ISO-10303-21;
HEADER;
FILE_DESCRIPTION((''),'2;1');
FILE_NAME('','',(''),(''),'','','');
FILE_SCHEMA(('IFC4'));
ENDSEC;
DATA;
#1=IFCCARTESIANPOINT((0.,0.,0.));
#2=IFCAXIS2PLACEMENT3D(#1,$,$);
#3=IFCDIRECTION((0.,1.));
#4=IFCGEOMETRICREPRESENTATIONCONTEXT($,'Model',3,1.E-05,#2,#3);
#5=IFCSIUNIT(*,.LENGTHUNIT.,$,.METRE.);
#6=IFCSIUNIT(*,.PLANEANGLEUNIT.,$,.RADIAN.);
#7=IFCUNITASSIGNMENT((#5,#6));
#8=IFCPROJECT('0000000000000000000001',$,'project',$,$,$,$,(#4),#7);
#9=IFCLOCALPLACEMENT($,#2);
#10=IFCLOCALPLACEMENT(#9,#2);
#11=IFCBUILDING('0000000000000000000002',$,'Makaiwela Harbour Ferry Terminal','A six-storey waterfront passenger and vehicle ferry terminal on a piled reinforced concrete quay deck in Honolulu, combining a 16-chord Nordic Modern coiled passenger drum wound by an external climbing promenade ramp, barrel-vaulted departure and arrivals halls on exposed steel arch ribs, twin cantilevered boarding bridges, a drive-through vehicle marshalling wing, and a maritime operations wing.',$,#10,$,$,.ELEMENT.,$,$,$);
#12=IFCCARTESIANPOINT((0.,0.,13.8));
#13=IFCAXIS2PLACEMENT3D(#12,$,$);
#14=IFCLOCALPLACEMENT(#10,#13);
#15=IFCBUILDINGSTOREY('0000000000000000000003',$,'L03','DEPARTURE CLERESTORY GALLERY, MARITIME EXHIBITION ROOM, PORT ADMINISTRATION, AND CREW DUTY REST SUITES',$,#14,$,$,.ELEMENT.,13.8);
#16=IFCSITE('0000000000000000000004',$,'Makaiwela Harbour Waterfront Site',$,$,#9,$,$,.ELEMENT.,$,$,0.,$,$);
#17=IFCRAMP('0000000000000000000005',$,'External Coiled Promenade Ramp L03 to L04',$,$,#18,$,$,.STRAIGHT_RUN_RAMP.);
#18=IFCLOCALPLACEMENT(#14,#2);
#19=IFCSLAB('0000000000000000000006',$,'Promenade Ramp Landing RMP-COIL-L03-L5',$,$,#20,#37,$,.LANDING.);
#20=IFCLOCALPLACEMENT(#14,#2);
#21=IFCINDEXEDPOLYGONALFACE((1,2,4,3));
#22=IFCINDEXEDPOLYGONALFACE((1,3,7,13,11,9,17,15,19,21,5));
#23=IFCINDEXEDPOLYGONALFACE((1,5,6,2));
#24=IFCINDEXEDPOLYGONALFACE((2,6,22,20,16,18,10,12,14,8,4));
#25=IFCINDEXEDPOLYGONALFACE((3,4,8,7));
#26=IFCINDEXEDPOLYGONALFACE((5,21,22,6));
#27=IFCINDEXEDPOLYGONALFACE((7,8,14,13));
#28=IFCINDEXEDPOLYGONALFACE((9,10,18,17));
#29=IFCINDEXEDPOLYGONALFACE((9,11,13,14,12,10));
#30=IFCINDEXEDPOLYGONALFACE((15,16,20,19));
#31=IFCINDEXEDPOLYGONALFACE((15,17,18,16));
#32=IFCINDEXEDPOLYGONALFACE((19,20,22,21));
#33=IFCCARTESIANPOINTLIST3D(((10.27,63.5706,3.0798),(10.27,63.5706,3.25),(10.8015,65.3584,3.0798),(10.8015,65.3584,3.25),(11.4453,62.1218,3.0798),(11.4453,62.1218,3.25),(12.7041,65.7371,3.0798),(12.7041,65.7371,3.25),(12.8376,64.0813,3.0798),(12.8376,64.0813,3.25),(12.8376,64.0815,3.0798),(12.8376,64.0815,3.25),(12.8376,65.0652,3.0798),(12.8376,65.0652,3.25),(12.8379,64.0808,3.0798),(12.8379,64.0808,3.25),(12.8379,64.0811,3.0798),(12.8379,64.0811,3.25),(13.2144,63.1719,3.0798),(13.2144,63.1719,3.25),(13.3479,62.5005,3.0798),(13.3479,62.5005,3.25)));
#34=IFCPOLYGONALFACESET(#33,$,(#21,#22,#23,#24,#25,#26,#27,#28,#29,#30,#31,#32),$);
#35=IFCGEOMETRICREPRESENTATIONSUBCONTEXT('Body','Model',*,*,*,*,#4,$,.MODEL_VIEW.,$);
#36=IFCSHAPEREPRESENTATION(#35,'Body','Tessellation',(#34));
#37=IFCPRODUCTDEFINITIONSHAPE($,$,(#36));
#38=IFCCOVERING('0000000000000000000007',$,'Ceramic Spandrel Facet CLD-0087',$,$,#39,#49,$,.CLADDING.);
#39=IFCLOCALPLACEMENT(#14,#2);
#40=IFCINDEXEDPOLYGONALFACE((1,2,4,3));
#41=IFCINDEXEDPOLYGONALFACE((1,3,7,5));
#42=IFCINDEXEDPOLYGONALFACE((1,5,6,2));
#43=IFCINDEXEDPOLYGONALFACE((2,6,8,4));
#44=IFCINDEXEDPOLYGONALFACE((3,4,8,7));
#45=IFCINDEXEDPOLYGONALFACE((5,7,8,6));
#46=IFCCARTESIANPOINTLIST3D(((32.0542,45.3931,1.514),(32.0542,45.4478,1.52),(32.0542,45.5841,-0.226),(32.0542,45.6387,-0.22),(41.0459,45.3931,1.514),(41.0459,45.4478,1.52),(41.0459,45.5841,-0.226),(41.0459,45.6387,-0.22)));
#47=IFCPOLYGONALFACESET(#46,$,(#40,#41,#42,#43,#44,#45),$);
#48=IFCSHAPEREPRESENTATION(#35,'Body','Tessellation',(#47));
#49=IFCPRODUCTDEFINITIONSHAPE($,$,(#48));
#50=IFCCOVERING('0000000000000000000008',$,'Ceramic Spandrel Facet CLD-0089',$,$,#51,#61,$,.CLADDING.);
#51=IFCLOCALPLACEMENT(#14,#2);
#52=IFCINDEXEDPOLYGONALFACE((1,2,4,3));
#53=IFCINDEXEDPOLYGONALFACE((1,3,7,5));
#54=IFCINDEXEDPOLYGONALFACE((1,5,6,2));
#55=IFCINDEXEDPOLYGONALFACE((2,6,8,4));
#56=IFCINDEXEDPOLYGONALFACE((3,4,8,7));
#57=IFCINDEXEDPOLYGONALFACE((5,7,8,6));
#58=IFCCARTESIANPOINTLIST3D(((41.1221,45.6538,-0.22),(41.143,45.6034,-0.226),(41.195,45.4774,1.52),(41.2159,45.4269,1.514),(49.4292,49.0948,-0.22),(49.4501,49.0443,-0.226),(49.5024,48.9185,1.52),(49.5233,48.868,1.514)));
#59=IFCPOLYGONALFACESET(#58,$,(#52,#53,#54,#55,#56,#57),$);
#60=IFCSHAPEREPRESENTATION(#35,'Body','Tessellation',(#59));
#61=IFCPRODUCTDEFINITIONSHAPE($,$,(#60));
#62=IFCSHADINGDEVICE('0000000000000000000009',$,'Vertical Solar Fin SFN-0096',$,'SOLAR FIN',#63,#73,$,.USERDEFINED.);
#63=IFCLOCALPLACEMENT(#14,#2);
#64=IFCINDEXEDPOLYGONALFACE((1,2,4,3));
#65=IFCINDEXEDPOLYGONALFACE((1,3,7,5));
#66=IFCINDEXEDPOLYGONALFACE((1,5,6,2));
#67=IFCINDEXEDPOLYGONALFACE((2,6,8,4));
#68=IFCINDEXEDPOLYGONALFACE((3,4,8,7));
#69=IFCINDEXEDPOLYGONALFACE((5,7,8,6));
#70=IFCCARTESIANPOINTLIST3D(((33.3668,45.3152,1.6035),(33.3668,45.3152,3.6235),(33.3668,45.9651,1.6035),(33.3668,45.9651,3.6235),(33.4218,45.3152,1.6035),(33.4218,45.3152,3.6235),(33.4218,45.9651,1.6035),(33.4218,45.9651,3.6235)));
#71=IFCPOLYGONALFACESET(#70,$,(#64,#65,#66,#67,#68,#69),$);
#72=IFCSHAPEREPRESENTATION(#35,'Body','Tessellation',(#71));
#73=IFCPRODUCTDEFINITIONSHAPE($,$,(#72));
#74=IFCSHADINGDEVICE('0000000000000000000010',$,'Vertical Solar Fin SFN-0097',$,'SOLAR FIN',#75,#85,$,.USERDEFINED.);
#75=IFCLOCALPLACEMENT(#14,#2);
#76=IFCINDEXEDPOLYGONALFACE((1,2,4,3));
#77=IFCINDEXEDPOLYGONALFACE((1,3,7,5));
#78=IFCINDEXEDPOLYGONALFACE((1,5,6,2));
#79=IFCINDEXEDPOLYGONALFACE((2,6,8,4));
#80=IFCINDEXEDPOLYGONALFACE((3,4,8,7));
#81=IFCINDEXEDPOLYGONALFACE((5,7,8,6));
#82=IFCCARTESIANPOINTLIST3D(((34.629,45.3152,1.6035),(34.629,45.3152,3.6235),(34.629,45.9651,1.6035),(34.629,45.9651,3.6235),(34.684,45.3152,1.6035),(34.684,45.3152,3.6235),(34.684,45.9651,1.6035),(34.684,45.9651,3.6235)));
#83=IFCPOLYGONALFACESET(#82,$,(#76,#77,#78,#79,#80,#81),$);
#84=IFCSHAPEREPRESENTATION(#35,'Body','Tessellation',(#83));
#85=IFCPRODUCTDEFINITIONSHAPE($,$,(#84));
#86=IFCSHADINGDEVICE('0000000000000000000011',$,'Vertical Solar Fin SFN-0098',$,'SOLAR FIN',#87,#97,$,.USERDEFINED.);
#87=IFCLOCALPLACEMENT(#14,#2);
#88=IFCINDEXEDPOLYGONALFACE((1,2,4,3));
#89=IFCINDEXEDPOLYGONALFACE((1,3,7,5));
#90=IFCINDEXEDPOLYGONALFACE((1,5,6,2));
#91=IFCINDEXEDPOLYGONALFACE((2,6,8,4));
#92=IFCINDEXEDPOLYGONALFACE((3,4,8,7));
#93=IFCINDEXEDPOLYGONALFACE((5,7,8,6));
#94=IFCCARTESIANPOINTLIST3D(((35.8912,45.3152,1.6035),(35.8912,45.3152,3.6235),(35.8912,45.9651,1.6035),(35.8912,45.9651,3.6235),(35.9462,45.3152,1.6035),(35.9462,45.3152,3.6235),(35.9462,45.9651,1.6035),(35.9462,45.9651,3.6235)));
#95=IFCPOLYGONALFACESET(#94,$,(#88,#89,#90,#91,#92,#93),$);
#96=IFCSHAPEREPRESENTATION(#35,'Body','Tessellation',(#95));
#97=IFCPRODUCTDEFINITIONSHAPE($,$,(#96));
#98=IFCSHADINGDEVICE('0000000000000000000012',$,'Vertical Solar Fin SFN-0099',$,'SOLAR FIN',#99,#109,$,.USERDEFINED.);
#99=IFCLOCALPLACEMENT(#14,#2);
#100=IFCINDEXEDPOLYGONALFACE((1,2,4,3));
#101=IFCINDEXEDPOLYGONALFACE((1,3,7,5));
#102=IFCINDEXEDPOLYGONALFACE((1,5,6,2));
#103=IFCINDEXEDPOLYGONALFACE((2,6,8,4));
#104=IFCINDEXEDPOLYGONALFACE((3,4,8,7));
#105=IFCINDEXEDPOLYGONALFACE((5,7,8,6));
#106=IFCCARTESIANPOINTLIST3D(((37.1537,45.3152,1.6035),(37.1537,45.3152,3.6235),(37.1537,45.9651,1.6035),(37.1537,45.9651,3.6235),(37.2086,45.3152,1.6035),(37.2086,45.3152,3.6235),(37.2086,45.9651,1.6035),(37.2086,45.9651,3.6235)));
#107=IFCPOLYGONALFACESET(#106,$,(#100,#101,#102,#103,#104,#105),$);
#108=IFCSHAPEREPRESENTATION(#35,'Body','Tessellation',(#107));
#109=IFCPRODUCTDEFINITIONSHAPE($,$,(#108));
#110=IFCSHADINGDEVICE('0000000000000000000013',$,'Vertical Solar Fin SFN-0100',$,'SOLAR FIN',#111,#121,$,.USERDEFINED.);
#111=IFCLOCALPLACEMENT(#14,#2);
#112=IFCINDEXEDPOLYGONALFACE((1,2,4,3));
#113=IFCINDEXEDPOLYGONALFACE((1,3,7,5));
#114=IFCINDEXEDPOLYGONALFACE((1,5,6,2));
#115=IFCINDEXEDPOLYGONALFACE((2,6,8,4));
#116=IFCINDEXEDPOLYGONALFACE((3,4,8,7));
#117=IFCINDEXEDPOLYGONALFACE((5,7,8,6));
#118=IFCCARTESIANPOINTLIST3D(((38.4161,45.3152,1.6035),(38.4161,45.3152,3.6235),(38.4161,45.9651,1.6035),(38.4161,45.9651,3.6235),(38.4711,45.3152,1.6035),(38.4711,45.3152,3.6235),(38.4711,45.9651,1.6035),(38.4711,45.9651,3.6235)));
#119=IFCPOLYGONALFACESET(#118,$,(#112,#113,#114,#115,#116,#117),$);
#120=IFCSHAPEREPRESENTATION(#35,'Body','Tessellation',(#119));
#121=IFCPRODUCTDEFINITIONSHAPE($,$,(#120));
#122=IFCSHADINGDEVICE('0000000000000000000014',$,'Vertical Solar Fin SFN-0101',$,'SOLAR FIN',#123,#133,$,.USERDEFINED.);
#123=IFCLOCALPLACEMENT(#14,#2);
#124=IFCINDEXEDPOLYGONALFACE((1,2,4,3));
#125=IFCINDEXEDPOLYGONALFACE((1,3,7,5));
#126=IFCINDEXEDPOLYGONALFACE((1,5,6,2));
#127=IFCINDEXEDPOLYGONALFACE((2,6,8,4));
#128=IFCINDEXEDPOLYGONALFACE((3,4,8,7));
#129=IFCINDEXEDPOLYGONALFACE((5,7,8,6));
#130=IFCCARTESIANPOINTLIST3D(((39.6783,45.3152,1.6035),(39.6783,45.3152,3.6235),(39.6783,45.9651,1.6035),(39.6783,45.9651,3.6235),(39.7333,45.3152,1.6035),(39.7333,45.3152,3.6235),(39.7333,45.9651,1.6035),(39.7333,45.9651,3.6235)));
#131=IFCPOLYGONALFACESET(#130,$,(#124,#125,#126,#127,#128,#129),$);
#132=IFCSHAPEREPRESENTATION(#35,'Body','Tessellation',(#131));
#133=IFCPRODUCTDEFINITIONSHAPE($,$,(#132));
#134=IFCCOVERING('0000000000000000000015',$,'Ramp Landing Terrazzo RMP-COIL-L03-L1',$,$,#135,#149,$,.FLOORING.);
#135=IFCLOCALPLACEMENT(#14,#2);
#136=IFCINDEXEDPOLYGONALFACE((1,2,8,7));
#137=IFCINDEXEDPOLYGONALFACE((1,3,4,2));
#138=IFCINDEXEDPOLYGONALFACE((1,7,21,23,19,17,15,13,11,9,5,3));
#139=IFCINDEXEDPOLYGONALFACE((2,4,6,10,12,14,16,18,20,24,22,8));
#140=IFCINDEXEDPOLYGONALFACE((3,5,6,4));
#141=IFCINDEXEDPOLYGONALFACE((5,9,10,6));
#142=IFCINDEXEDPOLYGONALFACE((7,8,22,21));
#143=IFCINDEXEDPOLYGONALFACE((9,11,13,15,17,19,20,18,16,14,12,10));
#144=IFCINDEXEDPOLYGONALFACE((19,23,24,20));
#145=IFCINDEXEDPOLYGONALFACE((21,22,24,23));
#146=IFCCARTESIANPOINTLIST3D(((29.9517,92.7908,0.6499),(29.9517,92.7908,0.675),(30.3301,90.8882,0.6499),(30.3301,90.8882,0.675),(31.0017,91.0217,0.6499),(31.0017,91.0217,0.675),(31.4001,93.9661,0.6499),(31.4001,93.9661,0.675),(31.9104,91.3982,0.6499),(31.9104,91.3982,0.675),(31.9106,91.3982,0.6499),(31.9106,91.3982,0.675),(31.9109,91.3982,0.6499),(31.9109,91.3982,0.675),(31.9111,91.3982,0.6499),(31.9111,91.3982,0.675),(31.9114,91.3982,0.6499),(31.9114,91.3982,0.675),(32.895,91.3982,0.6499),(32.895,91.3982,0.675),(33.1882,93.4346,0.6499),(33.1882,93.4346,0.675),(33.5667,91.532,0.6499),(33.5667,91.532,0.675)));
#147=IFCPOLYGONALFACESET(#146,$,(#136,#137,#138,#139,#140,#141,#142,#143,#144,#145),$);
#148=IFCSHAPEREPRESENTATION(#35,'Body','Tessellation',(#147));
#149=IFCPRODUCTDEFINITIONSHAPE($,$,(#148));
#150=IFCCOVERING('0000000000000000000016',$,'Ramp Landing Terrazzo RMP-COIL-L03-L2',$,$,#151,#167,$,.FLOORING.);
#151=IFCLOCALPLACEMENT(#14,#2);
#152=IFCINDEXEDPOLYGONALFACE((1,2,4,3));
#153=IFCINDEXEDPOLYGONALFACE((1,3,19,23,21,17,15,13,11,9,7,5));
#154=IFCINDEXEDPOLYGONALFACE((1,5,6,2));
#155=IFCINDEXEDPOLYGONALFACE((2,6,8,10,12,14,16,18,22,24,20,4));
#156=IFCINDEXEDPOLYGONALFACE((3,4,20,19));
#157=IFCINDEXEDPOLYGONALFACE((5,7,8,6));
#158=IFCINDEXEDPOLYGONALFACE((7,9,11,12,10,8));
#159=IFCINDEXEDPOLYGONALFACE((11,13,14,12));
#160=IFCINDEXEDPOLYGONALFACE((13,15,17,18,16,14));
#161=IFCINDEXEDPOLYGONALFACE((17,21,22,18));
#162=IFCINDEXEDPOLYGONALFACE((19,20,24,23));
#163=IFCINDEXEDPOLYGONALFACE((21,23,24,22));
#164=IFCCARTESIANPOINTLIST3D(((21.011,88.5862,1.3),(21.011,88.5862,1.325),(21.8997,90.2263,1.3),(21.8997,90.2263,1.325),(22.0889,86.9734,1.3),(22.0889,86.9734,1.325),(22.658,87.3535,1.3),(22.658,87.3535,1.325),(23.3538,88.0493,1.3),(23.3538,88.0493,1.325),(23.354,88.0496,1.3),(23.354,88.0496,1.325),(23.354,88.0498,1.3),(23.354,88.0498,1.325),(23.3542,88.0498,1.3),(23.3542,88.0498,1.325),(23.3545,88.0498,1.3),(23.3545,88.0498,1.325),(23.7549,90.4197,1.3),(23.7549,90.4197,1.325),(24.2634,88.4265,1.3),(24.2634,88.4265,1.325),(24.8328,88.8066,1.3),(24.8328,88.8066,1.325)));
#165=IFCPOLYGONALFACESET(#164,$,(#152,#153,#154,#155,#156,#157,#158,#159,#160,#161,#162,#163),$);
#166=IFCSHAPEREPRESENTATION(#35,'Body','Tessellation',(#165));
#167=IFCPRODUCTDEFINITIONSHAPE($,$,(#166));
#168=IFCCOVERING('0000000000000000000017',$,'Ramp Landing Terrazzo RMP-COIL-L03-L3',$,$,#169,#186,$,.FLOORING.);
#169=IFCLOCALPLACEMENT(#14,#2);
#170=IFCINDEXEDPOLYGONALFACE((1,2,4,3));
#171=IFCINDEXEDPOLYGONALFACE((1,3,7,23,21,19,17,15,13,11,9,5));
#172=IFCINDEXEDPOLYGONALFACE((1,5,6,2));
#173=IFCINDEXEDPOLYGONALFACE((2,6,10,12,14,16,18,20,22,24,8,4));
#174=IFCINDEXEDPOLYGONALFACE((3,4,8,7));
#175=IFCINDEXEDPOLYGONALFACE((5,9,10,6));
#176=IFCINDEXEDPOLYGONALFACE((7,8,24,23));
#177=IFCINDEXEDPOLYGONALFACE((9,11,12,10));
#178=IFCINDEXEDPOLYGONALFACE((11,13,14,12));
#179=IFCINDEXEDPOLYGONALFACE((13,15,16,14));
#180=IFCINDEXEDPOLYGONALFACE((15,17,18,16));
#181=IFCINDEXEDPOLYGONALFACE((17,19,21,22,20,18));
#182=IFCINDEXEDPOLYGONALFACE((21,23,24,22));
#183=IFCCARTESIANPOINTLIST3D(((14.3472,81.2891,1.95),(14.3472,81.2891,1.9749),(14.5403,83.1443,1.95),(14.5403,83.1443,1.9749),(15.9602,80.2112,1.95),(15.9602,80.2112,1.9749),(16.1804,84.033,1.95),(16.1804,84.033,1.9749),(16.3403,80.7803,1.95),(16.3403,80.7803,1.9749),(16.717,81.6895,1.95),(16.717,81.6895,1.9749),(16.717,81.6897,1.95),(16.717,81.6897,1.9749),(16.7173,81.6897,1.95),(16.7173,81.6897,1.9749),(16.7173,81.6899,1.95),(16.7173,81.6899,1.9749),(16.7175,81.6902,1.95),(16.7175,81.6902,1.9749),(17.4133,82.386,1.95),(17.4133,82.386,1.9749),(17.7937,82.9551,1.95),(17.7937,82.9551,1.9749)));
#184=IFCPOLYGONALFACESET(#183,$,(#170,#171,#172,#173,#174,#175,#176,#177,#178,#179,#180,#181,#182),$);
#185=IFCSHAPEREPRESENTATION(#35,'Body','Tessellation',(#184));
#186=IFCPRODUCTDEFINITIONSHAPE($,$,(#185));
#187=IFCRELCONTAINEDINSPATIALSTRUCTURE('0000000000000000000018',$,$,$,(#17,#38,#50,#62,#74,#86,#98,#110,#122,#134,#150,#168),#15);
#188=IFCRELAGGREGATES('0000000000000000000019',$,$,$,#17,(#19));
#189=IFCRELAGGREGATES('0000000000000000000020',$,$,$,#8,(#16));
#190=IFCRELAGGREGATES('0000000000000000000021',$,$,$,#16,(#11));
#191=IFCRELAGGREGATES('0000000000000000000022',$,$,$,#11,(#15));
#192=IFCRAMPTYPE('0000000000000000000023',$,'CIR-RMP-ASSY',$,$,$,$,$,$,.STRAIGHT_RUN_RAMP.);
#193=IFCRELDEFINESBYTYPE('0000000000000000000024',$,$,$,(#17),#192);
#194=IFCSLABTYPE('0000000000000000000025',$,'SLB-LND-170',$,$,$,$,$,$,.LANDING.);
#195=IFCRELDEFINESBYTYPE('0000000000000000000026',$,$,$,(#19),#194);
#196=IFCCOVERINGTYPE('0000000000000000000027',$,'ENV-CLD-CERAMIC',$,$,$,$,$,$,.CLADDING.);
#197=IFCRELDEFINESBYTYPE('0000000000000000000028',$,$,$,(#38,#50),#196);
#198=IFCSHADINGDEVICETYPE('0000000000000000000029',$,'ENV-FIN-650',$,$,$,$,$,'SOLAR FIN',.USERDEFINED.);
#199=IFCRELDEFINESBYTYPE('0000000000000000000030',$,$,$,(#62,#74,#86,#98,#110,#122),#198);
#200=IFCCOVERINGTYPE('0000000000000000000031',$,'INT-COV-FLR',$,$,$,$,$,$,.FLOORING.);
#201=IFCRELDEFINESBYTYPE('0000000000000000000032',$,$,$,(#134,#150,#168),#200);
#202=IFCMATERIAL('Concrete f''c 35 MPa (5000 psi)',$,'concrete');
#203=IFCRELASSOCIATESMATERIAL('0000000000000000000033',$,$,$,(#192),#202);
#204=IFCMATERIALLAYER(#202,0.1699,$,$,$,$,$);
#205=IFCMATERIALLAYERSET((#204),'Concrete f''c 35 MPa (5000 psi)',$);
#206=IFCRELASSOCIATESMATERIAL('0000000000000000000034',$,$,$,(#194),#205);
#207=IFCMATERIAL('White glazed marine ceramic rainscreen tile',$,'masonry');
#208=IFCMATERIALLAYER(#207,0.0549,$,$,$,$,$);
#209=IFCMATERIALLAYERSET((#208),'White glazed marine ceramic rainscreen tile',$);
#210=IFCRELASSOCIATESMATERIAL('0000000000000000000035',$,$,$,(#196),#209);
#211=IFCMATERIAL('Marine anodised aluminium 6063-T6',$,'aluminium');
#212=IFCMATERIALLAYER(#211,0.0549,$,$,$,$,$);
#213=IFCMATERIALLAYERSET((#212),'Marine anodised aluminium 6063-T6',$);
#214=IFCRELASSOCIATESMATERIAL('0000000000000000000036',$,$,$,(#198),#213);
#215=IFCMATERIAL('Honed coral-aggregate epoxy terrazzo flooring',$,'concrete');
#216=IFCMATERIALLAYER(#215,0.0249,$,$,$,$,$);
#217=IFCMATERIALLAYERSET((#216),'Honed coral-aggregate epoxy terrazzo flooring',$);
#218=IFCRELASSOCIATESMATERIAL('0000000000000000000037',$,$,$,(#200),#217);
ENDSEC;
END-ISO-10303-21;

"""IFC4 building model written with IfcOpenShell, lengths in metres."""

from ifc_helpers import new_model, si_unit, direction, frame, origin, origin_2d, place, context, subcontext, project, spatial, polyline, rectangle, outline, extrude, material, layer, layer_set, type_object, element, aggregate, save


model = new_model("IFC4")

# Units and contexts
model_context = context("Model", 3, precision=1e-05, world=origin(), true_north=direction((0.0, 1.0)))
body_context = subcontext(model_context, "Body", "Model", "MODEL_VIEW")
ifc_project = project(units=[si_unit("LENGTHUNIT", "METRE"), si_unit("PLANEANGLEUNIT", "RADIAN")], contexts=[model_context])

# Site, building, storey
site_placement = place(None, origin())
site = spatial("IfcSite", under=ifc_project, at=site_placement, Name="Makaiwela Harbour Waterfront Site", CompositionType="ELEMENT", RefElevation=0.0)
building_placement = place(site_placement, origin())
building = spatial("IfcBuilding", under=site, at=building_placement, Name="Makaiwela Harbour Ferry Terminal", Description="A six-storey waterfront passenger and vehicle ferry terminal on a piled reinforced concrete quay deck in Honolulu, combining a 16-chord Nordic Modern coiled passenger drum wound by an external climbing promenade ramp, barrel-vaulted departure and arrivals halls on exposed steel arch ribs, twin cantilevered boarding bridges, a drive-through vehicle marshalling wing, and a maritime operations wing.", CompositionType="ELEMENT")
storey_placement = place(building_placement, frame((0.0, 0.0, 13.8)))
storey = spatial("IfcBuildingStorey", under=building, at=storey_placement, Name="L03", Description="DEPARTURE CLERESTORY GALLERY, MARITIME EXHIBITION ROOM, PORT ADMINISTRATION, AND CREW DUTY REST SUITES", CompositionType="ELEMENT", Elevation=13.8)

# Ramp, slab
ifc_material_1 = material(Name="Concrete f'c 35 MPa (5000 psi)", Category="concrete")
ramp_type = type_object("IfcRampType", Name="CIR-RMP-ASSY", PredefinedType="STRAIGHT_RUN_RAMP", material=ifc_material_1)
ramp_placement = place(storey_placement, origin())
ramp = element("IfcRamp", 1, at=ramp_placement, inside=storey, type_object=ramp_type, Name="External Coiled Promenade Ramp L03 to L04", PredefinedType="STRAIGHT_RUN_RAMP")
ifc_layer_1 = layer(ifc_material_1, 0.1699)
ifc_layer_set_1 = layer_set([ifc_layer_1], Name="Concrete f'c 35 MPa (5000 psi)")
slab_type = type_object("IfcSlabType", Name="SLB-LND-170", PredefinedType="LANDING", material=ifc_layer_set_1)
slab_1_placement = place(storey_placement, frame((0.0, 0.0, 3.0798)))
slab_1 = element("IfcSlab", 2, at=slab_1_placement, type_object=slab_type, Name="Promenade Ramp Landing RMP-COIL-L03-L5", PredefinedType="LANDING", context=body_context, shape_type="SweptSolid", body=[
    extrude(outline(polyline([(13.2144, 63.1719), (12.8379, 64.0808), (12.8379, 64.0811), (12.8376, 64.0813), (12.8376, 64.0813), (12.8376, 64.0815), (12.8376, 65.0652), (12.7041, 65.7371), (10.8015, 65.3584), (10.27, 63.5706), (11.4453, 62.1218), (13.3479, 62.5005), (13.2144, 63.1719)])), origin(), (0.0, 0.0, 1.0), 0.1702),
])
aggregate(ramp, [slab_1])

# Coverings
ifc_material_2 = material(Name="White glazed marine ceramic rainscreen tile", Category="masonry")
ifc_layer_2 = layer(ifc_material_2, 0.0549)
ifc_layer_set_2 = layer_set([ifc_layer_2], Name="White glazed marine ceramic rainscreen tile")
covering_type_1 = type_object("IfcCoveringType", Name="ENV-CLD-CERAMIC", PredefinedType="CLADDING", material=ifc_layer_set_2)
covering_1_placement = place(storey_placement, frame((32.0542, 45.6387, -0.22), z_axis=(0.0, 0.994034, 0.109069), x_axis=(1.0, 0.0, 0.0)))
element("IfcCovering", 3, at=covering_1_placement, inside=storey, type_object=covering_type_1, Name="Ceramic Spandrel Facet CLD-0087", PredefinedType="CLADDING", context=body_context, shape_type="SweptSolid", body=[
    extrude(outline(polyline([(0.0, 0.0), (8.9917, 0.0), (8.9917, -1.7504), (0.0, -1.7504), (0.0, 0.0)])), origin(), (0.0, 0.0, -1.0), 0.0549),
])
covering_2_placement = place(storey_placement, frame((41.1221, 45.6538, -0.22), z_axis=(-0.380406, 0.918364, 0.109085), x_axis=(0.923877, 0.382689, 0.000001)))
element("IfcCovering", 4, at=covering_2_placement, inside=storey, type_object=covering_type_1, Name="Ceramic Spandrel Facet CLD-0089", PredefinedType="CLADDING", context=body_context, shape_type="SweptSolid", body=[
    extrude(outline(polyline([(0.0, 0.0), (8.9916, 0.0), (8.9918, -1.7504), (-0.0001, -1.7504), (0.0, 0.0)])), origin(), (0.0, 0.0, -1.0), 0.0549),
])

# Shading devices
ifc_material_3 = material(Name="Marine anodised aluminium 6063-T6", Category="aluminium")
ifc_layer_3 = layer(ifc_material_3, 0.0549)
ifc_layer_set_3 = layer_set([ifc_layer_3], Name="Marine anodised aluminium 6063-T6")
shading_device_type = type_object("IfcShadingDeviceType", Name="ENV-FIN-650", ElementType="SOLAR FIN", PredefinedType="USERDEFINED", material=ifc_layer_set_3)
for number, where, z_axis, x_axis, name in (
    (5, (33.3943, 45.6401, 1.6035), (0.0, 0.0, 1.0), (0.0, -1.0, 0.0), "Vertical Solar Fin SFN-0096"),
    (6, (34.6565, 45.6401, 1.6035), (0.0, 0.0, 1.0), (0.0, -1.0, 0.0), "Vertical Solar Fin SFN-0097"),
    (7, (35.9187, 45.6401, 1.6035), (0.0, 0.0, 1.0), (0.0, -1.0, 0.0), "Vertical Solar Fin SFN-0098"),
    (8, (37.1812, 45.6401, 1.6035), (0.0, 0.0, 1.0), (0.0, -1.0, 0.0), "Vertical Solar Fin SFN-0099"),
    (9, (38.4436, 45.6401, 1.6035), (0.0, 0.0, 1.0), (0.0, -1.0, 0.0), "Vertical Solar Fin SFN-0100"),
    (10, (39.7058, 45.6401, 1.6035), (0.0, 0.0, 1.0), (0.0, -1.0, 0.0), "Vertical Solar Fin SFN-0101"),
):
    element("IfcShadingDevice", number, at=place(storey_placement, frame(where, z_axis=z_axis, x_axis=x_axis)), inside=storey, type_object=shading_device_type, Name=name, ObjectType="SOLAR FIN", PredefinedType="USERDEFINED", context=body_context, shape_type="SweptSolid", body=[
        extrude(rectangle(XDim=0.6499, YDim=0.0549, at=origin_2d()), origin(), (0.0, 0.0, 1.0), 2.02),
    ])

# Coverings
ifc_material_4 = material(Name="Honed coral-aggregate epoxy terrazzo flooring", Category="concrete")
ifc_layer_4 = layer(ifc_material_4, 0.0249)
ifc_layer_set_4 = layer_set([ifc_layer_4], Name="Honed coral-aggregate epoxy terrazzo flooring")
covering_type_2 = type_object("IfcCoveringType", Name="INT-COV-FLR", PredefinedType="FLOORING", material=ifc_layer_set_4)
covering_3_placement = place(storey_placement, frame((0.0, 0.0, 0.6499)))
element("IfcCovering", 11, at=covering_3_placement, inside=storey, type_object=covering_type_2, Name="Ramp Landing Terrazzo RMP-COIL-L03-L1", PredefinedType="FLOORING", context=body_context, shape_type="SweptSolid", body=[
    extrude(outline(polyline([(31.0017, 91.0217), (31.9104, 91.3982), (31.9106, 91.3982), (31.9109, 91.3982), (31.9111, 91.3982), (31.9114, 91.3982), (32.895, 91.3982), (33.5667, 91.532), (33.1882, 93.4346), (31.4001, 93.9661), (29.9517, 92.7908), (30.3301, 90.8882), (31.0017, 91.0217)])), origin(), (0.0, 0.0, 1.0), 0.0251),
])
covering_4_placement = place(storey_placement, frame((0.0, 0.0, 1.3)))
element("IfcCovering", 12, at=covering_4_placement, inside=storey, type_object=covering_type_2, Name="Ramp Landing Terrazzo RMP-COIL-L03-L2", PredefinedType="FLOORING", context=body_context, shape_type="SweptSolid", body=[
    extrude(outline(polyline([(22.658, 87.3535), (23.3538, 88.0493), (23.354, 88.0496), (23.354, 88.0498), (23.3542, 88.0498), (23.3545, 88.0498), (24.2634, 88.4265), (24.8328, 88.8066), (23.7549, 90.4197), (21.8997, 90.2263), (21.011, 88.5862), (22.0889, 86.9734), (22.658, 87.3535)])), origin(), (0.0, 0.0, 1.0), 0.0249),
])
covering_5_placement = place(storey_placement, frame((0.0, 0.0, 1.95)))
element("IfcCovering", 13, at=covering_5_placement, inside=storey, type_object=covering_type_2, Name="Ramp Landing Terrazzo RMP-COIL-L03-L3", PredefinedType="FLOORING", context=body_context, shape_type="SweptSolid", body=[
    extrude(outline(polyline([(16.3403, 80.7803), (16.717, 81.6895), (16.717, 81.6897), (16.7173, 81.6897), (16.7173, 81.6899), (16.7175, 81.6902), (17.4133, 82.386), (17.7937, 82.9551), (16.1804, 84.033), (14.5403, 83.1443), (14.3472, 81.2891), (15.9602, 80.2112), (16.3403, 80.7803)])), origin(), (0.0, 0.0, 1.0), 0.0249),
])

save(model, "model.ifc")
